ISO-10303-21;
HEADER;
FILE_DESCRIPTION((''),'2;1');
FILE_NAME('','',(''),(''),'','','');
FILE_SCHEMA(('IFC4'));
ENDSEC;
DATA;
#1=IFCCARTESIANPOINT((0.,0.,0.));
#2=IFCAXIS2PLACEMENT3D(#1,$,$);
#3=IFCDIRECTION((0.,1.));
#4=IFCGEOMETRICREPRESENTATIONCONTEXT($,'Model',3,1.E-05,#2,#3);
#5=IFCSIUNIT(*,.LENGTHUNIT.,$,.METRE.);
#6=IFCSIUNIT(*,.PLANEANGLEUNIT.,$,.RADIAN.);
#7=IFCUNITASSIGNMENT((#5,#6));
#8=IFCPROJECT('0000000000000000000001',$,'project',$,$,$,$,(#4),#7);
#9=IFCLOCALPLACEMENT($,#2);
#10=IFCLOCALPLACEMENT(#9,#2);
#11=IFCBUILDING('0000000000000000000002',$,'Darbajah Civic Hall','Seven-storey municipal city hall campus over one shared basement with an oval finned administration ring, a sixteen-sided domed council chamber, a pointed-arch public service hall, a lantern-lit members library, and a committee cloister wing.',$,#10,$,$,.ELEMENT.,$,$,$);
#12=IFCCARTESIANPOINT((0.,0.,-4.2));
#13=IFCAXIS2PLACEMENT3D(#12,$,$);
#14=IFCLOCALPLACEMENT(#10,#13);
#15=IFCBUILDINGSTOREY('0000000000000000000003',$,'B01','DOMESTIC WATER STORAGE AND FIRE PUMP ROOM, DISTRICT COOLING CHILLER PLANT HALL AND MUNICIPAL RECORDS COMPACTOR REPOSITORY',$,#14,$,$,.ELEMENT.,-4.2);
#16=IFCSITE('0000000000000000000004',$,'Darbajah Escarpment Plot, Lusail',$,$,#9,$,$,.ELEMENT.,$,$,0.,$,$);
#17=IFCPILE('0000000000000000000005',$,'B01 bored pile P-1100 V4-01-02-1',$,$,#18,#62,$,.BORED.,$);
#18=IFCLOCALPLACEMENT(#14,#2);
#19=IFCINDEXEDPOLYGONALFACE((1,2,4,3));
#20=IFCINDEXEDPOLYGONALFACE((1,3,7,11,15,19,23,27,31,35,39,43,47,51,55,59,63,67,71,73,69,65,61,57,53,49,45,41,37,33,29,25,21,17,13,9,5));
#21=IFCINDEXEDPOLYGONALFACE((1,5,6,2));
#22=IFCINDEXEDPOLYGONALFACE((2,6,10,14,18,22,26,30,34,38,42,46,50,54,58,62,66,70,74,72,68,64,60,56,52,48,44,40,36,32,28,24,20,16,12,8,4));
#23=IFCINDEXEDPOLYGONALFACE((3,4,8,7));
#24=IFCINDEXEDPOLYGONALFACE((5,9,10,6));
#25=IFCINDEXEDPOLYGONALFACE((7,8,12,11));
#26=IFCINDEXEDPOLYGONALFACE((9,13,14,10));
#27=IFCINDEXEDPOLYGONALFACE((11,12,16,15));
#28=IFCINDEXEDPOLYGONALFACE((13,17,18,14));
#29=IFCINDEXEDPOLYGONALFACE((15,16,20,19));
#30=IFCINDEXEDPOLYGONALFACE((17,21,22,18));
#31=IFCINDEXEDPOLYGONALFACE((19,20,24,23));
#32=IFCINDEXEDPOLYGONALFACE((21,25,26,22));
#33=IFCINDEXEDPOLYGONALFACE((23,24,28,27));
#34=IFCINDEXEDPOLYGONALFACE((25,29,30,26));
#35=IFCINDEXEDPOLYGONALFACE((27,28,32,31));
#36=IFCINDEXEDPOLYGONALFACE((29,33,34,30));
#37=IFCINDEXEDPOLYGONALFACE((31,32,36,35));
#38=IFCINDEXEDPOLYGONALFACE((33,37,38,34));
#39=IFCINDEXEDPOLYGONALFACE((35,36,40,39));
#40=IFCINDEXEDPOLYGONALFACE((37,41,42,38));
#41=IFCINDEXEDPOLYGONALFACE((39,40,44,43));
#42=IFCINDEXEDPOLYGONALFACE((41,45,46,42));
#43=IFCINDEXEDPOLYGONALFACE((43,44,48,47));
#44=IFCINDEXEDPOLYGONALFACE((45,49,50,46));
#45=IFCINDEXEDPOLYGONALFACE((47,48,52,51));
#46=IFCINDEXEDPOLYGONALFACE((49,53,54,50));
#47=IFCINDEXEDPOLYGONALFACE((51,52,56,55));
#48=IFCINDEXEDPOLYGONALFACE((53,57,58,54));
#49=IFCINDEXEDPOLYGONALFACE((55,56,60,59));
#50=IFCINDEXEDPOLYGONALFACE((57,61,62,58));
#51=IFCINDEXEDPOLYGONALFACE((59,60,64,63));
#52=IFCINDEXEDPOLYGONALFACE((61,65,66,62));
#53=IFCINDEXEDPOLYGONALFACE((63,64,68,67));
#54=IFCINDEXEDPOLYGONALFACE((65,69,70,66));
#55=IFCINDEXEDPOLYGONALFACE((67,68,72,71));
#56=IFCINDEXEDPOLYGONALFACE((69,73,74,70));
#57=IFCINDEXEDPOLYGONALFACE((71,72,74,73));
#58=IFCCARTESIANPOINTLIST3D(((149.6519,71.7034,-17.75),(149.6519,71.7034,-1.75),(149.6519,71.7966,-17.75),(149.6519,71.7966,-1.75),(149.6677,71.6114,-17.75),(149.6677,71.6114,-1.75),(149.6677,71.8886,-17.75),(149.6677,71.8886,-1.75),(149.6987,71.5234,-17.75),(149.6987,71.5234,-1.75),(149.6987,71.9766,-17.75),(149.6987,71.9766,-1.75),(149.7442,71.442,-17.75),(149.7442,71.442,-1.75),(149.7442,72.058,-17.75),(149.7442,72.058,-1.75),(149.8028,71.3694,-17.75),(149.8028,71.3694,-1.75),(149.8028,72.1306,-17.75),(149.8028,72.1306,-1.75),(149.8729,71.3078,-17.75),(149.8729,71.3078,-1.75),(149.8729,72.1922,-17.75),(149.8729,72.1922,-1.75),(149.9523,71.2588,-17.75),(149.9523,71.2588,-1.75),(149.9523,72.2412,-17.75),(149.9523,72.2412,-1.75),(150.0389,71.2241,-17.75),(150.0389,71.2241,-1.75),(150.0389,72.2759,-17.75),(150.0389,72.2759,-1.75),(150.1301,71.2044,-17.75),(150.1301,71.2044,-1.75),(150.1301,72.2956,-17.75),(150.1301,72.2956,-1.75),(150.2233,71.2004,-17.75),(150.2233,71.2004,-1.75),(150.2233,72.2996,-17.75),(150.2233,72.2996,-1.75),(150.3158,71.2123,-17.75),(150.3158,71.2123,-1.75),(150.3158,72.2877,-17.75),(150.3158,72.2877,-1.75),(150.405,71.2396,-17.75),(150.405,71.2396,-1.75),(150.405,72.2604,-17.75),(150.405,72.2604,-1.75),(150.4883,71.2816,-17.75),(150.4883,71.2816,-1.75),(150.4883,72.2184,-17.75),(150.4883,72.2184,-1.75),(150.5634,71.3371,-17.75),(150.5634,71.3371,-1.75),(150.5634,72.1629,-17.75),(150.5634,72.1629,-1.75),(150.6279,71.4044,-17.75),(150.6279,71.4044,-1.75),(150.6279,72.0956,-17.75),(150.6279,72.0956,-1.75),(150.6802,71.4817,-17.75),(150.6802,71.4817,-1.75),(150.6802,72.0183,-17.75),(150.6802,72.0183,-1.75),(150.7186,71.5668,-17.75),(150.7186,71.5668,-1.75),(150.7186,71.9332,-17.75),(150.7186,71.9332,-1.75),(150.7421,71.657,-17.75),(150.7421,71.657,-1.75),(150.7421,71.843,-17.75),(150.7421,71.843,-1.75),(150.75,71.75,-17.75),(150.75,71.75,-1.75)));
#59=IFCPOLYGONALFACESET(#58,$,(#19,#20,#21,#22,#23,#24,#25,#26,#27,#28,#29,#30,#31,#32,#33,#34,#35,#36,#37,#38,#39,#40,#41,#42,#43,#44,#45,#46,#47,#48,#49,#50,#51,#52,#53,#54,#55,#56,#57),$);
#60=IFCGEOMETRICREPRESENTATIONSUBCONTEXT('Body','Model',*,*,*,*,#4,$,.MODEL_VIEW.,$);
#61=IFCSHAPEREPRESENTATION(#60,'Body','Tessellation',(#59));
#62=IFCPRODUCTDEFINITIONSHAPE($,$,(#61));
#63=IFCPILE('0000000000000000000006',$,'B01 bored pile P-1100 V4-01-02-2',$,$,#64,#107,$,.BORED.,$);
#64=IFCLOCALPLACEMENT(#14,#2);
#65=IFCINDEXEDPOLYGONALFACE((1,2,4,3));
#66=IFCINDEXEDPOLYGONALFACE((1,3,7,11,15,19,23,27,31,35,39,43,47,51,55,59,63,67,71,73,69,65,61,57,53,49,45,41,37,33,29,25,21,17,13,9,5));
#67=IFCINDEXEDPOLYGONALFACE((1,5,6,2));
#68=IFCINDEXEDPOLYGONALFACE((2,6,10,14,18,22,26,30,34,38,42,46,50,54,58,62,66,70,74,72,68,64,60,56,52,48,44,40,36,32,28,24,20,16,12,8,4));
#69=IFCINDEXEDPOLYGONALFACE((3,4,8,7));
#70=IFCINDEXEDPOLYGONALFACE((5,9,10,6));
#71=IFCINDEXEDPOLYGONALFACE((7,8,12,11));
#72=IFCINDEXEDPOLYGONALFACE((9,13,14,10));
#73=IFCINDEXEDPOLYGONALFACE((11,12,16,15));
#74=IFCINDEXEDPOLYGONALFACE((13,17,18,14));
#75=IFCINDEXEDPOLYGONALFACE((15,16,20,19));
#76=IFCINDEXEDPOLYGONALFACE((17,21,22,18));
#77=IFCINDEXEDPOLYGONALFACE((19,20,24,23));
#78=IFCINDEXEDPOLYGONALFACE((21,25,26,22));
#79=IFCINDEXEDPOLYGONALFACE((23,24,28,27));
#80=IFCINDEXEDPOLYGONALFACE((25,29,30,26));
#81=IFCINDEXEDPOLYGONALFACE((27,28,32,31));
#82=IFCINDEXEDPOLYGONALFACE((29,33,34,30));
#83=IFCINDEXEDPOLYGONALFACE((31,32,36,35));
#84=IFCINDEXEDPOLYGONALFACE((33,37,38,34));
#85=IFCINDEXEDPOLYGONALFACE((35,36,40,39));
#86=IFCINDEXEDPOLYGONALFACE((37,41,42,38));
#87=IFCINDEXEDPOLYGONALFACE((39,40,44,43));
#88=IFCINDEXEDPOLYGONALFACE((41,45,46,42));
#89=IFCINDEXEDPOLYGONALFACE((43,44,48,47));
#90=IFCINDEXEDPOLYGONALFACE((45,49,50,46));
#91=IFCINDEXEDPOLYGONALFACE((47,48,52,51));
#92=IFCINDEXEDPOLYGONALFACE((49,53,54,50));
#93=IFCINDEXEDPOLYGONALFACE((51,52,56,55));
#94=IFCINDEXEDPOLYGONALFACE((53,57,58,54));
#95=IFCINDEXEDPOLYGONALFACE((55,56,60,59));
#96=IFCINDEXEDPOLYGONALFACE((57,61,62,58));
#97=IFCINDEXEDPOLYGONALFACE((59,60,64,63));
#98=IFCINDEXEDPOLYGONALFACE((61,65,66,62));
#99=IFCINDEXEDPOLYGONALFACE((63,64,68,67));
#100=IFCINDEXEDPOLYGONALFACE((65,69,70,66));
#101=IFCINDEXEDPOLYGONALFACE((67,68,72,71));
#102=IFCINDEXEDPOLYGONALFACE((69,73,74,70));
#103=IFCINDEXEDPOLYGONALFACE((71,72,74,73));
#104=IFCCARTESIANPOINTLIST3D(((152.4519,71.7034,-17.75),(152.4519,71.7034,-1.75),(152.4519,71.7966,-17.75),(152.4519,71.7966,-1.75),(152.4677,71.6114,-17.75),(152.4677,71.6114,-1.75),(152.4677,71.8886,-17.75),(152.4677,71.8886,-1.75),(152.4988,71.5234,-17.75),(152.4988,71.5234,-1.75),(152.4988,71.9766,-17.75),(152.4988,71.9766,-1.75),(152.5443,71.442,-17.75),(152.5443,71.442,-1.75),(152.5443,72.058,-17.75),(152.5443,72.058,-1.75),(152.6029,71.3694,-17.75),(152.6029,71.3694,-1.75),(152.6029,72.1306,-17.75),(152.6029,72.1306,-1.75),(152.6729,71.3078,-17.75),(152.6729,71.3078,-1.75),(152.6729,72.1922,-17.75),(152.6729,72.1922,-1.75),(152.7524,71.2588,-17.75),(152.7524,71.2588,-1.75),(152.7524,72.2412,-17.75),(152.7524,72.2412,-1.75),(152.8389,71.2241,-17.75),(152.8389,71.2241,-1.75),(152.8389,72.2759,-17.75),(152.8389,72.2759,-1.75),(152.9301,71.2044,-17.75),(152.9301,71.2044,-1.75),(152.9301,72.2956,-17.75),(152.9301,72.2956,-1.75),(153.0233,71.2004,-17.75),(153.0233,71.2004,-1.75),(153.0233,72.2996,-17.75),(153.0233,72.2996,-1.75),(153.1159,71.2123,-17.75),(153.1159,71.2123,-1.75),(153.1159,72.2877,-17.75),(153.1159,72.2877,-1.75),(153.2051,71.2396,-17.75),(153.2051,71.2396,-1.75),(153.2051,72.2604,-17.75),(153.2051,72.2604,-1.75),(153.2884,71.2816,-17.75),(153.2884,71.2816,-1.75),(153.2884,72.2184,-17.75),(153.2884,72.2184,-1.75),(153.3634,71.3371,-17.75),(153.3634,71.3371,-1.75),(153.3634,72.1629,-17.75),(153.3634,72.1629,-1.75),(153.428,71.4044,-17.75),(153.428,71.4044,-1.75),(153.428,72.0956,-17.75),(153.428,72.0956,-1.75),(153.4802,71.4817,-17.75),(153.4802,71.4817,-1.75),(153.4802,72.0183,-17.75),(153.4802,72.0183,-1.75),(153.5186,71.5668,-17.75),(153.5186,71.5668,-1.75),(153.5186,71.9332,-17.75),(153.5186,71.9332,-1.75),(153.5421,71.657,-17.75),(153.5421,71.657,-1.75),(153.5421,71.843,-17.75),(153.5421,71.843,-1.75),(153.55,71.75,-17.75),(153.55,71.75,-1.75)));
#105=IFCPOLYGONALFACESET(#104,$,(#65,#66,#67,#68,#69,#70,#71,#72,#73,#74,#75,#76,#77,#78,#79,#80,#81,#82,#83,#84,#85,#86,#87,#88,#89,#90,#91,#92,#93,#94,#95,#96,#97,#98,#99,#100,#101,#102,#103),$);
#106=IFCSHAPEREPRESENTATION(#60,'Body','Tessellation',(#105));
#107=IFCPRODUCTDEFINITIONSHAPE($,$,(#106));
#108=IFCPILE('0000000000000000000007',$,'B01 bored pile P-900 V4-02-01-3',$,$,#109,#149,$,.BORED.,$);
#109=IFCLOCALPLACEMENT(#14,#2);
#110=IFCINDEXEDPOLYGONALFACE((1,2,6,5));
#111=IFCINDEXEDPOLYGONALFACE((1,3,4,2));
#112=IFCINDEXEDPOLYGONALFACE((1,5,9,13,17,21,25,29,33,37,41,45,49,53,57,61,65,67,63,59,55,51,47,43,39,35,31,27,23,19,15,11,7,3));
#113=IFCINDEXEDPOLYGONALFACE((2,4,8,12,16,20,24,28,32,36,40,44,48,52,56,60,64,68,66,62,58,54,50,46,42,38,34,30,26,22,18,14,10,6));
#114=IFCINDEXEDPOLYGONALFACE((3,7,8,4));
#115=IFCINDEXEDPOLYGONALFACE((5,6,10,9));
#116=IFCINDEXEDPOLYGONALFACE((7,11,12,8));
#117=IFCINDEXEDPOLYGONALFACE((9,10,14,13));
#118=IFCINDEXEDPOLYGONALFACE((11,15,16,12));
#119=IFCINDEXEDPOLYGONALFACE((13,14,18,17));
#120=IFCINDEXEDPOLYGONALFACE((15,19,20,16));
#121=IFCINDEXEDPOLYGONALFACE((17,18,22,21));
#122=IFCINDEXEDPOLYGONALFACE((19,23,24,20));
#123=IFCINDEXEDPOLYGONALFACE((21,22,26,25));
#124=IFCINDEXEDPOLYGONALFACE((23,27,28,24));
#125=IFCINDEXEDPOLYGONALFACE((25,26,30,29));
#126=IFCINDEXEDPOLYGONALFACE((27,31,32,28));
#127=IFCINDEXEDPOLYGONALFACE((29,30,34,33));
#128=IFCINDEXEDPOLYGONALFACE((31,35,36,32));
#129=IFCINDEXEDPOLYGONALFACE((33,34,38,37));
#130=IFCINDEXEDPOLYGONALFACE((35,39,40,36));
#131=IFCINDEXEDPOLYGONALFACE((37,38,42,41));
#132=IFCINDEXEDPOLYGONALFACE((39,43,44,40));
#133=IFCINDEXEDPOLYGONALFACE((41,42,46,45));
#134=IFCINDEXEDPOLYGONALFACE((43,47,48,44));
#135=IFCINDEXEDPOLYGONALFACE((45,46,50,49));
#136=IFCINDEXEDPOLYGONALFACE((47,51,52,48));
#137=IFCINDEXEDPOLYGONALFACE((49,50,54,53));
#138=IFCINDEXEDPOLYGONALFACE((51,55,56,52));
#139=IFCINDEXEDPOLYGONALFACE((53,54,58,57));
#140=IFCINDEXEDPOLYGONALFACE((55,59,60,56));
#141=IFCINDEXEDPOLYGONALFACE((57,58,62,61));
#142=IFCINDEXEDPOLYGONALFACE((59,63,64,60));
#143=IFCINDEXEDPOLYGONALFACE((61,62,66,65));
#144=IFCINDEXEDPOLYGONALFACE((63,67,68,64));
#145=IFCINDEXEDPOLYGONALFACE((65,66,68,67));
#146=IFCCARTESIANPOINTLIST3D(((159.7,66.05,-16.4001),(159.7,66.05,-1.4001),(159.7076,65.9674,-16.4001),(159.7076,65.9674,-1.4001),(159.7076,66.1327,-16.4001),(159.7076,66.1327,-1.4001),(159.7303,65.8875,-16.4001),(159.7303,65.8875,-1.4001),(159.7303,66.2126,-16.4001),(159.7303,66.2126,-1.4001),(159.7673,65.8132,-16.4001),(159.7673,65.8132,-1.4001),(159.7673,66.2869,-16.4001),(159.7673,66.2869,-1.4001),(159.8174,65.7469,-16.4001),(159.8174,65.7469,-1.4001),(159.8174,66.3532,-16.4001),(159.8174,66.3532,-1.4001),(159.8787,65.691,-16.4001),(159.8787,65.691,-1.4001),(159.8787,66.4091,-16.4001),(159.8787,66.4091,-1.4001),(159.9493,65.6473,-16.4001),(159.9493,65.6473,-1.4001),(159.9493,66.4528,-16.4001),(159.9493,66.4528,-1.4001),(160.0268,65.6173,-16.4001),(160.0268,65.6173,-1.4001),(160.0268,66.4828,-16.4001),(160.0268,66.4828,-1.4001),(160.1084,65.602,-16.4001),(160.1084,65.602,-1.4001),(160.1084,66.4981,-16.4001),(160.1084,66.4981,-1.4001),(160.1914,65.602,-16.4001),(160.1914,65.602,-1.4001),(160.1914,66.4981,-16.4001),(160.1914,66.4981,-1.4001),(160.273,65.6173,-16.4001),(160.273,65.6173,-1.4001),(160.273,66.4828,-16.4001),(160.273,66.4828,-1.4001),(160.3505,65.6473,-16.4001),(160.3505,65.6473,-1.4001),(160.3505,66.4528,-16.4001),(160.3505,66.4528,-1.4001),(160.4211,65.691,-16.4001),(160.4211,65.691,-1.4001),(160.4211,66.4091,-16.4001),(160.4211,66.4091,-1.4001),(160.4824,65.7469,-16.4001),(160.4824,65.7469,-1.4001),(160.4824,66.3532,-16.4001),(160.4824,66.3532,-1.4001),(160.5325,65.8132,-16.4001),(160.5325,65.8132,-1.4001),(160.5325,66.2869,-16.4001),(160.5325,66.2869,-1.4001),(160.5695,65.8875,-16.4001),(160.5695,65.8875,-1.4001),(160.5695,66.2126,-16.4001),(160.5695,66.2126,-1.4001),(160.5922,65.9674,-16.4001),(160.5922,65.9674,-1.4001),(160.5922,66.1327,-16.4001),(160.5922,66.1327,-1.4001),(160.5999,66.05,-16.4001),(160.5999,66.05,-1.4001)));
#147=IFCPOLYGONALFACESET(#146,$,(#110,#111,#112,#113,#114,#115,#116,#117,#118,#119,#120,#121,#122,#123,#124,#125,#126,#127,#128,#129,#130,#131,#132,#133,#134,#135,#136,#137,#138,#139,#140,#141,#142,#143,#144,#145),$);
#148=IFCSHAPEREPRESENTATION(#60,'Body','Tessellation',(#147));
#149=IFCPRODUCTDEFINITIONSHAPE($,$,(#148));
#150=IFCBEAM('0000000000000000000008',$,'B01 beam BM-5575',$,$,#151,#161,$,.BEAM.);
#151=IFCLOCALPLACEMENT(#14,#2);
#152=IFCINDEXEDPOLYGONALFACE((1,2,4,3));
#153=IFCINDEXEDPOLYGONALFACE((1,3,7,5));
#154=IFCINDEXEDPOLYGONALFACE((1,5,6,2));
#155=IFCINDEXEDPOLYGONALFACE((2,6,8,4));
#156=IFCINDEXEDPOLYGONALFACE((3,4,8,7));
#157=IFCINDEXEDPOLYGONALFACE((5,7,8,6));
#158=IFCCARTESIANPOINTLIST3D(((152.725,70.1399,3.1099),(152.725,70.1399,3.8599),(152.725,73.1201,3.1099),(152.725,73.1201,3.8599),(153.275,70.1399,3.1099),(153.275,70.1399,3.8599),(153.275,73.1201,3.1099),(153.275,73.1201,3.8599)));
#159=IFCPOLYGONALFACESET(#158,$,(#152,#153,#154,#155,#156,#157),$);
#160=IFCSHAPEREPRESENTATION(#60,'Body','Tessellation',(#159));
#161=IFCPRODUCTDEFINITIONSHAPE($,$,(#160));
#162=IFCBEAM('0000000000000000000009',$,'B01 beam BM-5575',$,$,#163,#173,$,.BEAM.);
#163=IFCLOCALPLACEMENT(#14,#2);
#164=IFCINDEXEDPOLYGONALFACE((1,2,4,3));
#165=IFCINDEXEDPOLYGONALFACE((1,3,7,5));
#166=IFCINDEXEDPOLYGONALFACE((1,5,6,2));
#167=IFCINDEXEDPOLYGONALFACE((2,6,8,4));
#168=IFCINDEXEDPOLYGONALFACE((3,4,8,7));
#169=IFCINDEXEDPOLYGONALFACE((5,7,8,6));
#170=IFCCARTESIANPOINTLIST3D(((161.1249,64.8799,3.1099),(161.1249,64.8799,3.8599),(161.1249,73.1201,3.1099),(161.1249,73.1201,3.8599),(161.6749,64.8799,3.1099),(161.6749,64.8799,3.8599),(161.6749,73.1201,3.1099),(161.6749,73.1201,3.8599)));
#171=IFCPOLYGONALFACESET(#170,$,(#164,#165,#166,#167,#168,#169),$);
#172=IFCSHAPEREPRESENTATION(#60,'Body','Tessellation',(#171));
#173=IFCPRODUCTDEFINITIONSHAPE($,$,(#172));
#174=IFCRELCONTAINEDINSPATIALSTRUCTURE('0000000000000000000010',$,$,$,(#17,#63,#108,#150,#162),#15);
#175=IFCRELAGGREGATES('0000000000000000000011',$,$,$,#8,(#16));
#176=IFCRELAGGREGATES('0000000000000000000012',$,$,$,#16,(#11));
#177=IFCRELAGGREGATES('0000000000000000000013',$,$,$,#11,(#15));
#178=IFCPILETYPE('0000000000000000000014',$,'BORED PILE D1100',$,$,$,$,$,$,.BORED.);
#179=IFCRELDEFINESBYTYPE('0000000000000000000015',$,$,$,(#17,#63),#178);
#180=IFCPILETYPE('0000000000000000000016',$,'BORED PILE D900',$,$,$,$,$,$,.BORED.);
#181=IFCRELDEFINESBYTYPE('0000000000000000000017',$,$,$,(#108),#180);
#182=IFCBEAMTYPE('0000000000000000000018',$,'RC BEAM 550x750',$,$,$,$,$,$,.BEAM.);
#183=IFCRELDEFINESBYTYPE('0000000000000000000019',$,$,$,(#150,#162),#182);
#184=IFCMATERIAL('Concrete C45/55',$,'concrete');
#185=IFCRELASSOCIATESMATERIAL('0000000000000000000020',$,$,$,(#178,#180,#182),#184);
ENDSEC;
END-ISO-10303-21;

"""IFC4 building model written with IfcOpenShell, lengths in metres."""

from ifc_helpers import new_model, si_unit, direction, frame, origin, origin_2d, place, context, subcontext, project, spatial, rectangle, circle, extrude, material, material_profile, profile_set, type_object, element, save


model = new_model("IFC4")

# Units and contexts
model_context = context("Model", 3, precision=1e-05, world=origin(), true_north=direction((0.0, 1.0)))
body_context = subcontext(model_context, "Body", "Model", "MODEL_VIEW")
ifc_project = project(units=[si_unit("LENGTHUNIT", "METRE"), si_unit("PLANEANGLEUNIT", "RADIAN")], contexts=[model_context])

# Site, building, storey
site_placement = place(None, origin())
site = spatial("IfcSite", under=ifc_project, at=site_placement, Name="Darbajah Escarpment Plot, Lusail", CompositionType="ELEMENT", RefElevation=0.0)
building_placement = place(site_placement, origin())
building = spatial("IfcBuilding", under=site, at=building_placement, Name="Darbajah Civic Hall", Description="Seven-storey municipal city hall campus over one shared basement with an oval finned administration ring, a sixteen-sided domed council chamber, a pointed-arch public service hall, a lantern-lit members library, and a committee cloister wing.", CompositionType="ELEMENT")
storey_placement = place(building_placement, frame((0.0, 0.0, -4.2)))
storey = spatial("IfcBuildingStorey", under=building, at=storey_placement, Name="B01", Description="DOMESTIC WATER STORAGE AND FIRE PUMP ROOM, DISTRICT COOLING CHILLER PLANT HALL AND MUNICIPAL RECORDS COMPACTOR REPOSITORY", CompositionType="ELEMENT", Elevation=-4.2)

# Piles
ifc_material_1 = material(Name="Concrete C45/55", Category="concrete")
ifc_material_profile_1 = material_profile(ifc_material_1, circle(Radius=0.55, at=origin_2d()), Name="BORED PILE D1100")
ifc_profile_set_1 = profile_set([ifc_material_profile_1], Name="Concrete C45/55")
pile_type_1 = type_object("IfcPileType", Name="BORED PILE D1100", PredefinedType="BORED", material=ifc_profile_set_1)
for number, where, z_axis, x_axis, name in (
    (1, (150.2, 71.75, -1.75), (0.0, 0.0, -1.0), (1.0, 0.0, 0.0), "B01 bored pile P-1100 V4-01-02-1"),
    (2, (153.0, 71.75, -1.75), (0.0, 0.0, -1.0), (1.0, 0.0, 0.0), "B01 bored pile P-1100 V4-01-02-2"),
):
    element("IfcPile", number, at=place(storey_placement, frame(where, z_axis=z_axis, x_axis=x_axis)), inside=storey, type_object=pile_type_1, Name=name, PredefinedType="BORED", context=body_context, shape_type="SweptSolid", body=[
        extrude(circle(Radius=0.55, at=origin_2d()), origin(), (0.0, 0.0, 1.0), 16.0),
    ])
ifc_material_profile_2 = material_profile(ifc_material_1, circle(Radius=0.45, at=origin_2d()), Name="BORED PILE D900")
ifc_profile_set_2 = profile_set([ifc_material_profile_2], Name="Concrete C45/55")
pile_type_2 = type_object("IfcPileType", Name="BORED PILE D900", PredefinedType="BORED", material=ifc_profile_set_2)
pile_placement = place(storey_placement, frame((160.1499, 66.05, -1.4001), z_axis=(0.0, 0.0, -1.0), x_axis=(1.0, 0.0, 0.0)))
element("IfcPile", 3, at=pile_placement, inside=storey, type_object=pile_type_2, Name="B01 bored pile P-900 V4-02-01-3", PredefinedType="BORED", context=body_context, shape_type="SweptSolid", body=[
    extrude(circle(Radius=0.45, at=origin_2d()), origin(), (0.0, 0.0, 1.0), 15.0),
])

# Beams
ifc_material_profile_3 = material_profile(ifc_material_1, rectangle(XDim=0.55, YDim=0.75, at=origin_2d()), Name="RC BEAM 550x750")
ifc_profile_set_3 = profile_set([ifc_material_profile_3], Name="Concrete C45/55")
beam_type_1 = type_object("IfcBeamType", Name="RC BEAM 550x750", PredefinedType="BEAM", material=ifc_profile_set_3)
beam_1_placement = place(storey_placement, frame((153.0, 70.1399, 3.4849), z_axis=(0.0, 1.0, 0.0), x_axis=(-1.0, 0.0, 0.0)))
element("IfcBeam", 4, at=beam_1_placement, inside=storey, type_object=beam_type_1, Name="B01 beam BM-5575", PredefinedType="BEAM", context=body_context, shape_type="SweptSolid", body=[
    extrude(rectangle(XDim=0.55, YDim=0.75, at=origin_2d()), origin(), (0.0, 0.0, 1.0), 2.9802),
])
beam_2_placement = place(storey_placement, frame((161.3999, 64.8799, 3.4849), z_axis=(0.0, 1.0, 0.0), x_axis=(-1.0, 0.0, 0.0)))
element("IfcBeam", 5, at=beam_2_placement, inside=storey, type_object=beam_type_1, Name="B01 beam BM-5575", PredefinedType="BEAM", context=body_context, shape_type="SweptSolid", body=[
    extrude(rectangle(XDim=0.55, YDim=0.75, at=origin_2d()), origin(), (0.0, 0.0, 1.0), 8.2402),
])

save(model, "model.ifc")
